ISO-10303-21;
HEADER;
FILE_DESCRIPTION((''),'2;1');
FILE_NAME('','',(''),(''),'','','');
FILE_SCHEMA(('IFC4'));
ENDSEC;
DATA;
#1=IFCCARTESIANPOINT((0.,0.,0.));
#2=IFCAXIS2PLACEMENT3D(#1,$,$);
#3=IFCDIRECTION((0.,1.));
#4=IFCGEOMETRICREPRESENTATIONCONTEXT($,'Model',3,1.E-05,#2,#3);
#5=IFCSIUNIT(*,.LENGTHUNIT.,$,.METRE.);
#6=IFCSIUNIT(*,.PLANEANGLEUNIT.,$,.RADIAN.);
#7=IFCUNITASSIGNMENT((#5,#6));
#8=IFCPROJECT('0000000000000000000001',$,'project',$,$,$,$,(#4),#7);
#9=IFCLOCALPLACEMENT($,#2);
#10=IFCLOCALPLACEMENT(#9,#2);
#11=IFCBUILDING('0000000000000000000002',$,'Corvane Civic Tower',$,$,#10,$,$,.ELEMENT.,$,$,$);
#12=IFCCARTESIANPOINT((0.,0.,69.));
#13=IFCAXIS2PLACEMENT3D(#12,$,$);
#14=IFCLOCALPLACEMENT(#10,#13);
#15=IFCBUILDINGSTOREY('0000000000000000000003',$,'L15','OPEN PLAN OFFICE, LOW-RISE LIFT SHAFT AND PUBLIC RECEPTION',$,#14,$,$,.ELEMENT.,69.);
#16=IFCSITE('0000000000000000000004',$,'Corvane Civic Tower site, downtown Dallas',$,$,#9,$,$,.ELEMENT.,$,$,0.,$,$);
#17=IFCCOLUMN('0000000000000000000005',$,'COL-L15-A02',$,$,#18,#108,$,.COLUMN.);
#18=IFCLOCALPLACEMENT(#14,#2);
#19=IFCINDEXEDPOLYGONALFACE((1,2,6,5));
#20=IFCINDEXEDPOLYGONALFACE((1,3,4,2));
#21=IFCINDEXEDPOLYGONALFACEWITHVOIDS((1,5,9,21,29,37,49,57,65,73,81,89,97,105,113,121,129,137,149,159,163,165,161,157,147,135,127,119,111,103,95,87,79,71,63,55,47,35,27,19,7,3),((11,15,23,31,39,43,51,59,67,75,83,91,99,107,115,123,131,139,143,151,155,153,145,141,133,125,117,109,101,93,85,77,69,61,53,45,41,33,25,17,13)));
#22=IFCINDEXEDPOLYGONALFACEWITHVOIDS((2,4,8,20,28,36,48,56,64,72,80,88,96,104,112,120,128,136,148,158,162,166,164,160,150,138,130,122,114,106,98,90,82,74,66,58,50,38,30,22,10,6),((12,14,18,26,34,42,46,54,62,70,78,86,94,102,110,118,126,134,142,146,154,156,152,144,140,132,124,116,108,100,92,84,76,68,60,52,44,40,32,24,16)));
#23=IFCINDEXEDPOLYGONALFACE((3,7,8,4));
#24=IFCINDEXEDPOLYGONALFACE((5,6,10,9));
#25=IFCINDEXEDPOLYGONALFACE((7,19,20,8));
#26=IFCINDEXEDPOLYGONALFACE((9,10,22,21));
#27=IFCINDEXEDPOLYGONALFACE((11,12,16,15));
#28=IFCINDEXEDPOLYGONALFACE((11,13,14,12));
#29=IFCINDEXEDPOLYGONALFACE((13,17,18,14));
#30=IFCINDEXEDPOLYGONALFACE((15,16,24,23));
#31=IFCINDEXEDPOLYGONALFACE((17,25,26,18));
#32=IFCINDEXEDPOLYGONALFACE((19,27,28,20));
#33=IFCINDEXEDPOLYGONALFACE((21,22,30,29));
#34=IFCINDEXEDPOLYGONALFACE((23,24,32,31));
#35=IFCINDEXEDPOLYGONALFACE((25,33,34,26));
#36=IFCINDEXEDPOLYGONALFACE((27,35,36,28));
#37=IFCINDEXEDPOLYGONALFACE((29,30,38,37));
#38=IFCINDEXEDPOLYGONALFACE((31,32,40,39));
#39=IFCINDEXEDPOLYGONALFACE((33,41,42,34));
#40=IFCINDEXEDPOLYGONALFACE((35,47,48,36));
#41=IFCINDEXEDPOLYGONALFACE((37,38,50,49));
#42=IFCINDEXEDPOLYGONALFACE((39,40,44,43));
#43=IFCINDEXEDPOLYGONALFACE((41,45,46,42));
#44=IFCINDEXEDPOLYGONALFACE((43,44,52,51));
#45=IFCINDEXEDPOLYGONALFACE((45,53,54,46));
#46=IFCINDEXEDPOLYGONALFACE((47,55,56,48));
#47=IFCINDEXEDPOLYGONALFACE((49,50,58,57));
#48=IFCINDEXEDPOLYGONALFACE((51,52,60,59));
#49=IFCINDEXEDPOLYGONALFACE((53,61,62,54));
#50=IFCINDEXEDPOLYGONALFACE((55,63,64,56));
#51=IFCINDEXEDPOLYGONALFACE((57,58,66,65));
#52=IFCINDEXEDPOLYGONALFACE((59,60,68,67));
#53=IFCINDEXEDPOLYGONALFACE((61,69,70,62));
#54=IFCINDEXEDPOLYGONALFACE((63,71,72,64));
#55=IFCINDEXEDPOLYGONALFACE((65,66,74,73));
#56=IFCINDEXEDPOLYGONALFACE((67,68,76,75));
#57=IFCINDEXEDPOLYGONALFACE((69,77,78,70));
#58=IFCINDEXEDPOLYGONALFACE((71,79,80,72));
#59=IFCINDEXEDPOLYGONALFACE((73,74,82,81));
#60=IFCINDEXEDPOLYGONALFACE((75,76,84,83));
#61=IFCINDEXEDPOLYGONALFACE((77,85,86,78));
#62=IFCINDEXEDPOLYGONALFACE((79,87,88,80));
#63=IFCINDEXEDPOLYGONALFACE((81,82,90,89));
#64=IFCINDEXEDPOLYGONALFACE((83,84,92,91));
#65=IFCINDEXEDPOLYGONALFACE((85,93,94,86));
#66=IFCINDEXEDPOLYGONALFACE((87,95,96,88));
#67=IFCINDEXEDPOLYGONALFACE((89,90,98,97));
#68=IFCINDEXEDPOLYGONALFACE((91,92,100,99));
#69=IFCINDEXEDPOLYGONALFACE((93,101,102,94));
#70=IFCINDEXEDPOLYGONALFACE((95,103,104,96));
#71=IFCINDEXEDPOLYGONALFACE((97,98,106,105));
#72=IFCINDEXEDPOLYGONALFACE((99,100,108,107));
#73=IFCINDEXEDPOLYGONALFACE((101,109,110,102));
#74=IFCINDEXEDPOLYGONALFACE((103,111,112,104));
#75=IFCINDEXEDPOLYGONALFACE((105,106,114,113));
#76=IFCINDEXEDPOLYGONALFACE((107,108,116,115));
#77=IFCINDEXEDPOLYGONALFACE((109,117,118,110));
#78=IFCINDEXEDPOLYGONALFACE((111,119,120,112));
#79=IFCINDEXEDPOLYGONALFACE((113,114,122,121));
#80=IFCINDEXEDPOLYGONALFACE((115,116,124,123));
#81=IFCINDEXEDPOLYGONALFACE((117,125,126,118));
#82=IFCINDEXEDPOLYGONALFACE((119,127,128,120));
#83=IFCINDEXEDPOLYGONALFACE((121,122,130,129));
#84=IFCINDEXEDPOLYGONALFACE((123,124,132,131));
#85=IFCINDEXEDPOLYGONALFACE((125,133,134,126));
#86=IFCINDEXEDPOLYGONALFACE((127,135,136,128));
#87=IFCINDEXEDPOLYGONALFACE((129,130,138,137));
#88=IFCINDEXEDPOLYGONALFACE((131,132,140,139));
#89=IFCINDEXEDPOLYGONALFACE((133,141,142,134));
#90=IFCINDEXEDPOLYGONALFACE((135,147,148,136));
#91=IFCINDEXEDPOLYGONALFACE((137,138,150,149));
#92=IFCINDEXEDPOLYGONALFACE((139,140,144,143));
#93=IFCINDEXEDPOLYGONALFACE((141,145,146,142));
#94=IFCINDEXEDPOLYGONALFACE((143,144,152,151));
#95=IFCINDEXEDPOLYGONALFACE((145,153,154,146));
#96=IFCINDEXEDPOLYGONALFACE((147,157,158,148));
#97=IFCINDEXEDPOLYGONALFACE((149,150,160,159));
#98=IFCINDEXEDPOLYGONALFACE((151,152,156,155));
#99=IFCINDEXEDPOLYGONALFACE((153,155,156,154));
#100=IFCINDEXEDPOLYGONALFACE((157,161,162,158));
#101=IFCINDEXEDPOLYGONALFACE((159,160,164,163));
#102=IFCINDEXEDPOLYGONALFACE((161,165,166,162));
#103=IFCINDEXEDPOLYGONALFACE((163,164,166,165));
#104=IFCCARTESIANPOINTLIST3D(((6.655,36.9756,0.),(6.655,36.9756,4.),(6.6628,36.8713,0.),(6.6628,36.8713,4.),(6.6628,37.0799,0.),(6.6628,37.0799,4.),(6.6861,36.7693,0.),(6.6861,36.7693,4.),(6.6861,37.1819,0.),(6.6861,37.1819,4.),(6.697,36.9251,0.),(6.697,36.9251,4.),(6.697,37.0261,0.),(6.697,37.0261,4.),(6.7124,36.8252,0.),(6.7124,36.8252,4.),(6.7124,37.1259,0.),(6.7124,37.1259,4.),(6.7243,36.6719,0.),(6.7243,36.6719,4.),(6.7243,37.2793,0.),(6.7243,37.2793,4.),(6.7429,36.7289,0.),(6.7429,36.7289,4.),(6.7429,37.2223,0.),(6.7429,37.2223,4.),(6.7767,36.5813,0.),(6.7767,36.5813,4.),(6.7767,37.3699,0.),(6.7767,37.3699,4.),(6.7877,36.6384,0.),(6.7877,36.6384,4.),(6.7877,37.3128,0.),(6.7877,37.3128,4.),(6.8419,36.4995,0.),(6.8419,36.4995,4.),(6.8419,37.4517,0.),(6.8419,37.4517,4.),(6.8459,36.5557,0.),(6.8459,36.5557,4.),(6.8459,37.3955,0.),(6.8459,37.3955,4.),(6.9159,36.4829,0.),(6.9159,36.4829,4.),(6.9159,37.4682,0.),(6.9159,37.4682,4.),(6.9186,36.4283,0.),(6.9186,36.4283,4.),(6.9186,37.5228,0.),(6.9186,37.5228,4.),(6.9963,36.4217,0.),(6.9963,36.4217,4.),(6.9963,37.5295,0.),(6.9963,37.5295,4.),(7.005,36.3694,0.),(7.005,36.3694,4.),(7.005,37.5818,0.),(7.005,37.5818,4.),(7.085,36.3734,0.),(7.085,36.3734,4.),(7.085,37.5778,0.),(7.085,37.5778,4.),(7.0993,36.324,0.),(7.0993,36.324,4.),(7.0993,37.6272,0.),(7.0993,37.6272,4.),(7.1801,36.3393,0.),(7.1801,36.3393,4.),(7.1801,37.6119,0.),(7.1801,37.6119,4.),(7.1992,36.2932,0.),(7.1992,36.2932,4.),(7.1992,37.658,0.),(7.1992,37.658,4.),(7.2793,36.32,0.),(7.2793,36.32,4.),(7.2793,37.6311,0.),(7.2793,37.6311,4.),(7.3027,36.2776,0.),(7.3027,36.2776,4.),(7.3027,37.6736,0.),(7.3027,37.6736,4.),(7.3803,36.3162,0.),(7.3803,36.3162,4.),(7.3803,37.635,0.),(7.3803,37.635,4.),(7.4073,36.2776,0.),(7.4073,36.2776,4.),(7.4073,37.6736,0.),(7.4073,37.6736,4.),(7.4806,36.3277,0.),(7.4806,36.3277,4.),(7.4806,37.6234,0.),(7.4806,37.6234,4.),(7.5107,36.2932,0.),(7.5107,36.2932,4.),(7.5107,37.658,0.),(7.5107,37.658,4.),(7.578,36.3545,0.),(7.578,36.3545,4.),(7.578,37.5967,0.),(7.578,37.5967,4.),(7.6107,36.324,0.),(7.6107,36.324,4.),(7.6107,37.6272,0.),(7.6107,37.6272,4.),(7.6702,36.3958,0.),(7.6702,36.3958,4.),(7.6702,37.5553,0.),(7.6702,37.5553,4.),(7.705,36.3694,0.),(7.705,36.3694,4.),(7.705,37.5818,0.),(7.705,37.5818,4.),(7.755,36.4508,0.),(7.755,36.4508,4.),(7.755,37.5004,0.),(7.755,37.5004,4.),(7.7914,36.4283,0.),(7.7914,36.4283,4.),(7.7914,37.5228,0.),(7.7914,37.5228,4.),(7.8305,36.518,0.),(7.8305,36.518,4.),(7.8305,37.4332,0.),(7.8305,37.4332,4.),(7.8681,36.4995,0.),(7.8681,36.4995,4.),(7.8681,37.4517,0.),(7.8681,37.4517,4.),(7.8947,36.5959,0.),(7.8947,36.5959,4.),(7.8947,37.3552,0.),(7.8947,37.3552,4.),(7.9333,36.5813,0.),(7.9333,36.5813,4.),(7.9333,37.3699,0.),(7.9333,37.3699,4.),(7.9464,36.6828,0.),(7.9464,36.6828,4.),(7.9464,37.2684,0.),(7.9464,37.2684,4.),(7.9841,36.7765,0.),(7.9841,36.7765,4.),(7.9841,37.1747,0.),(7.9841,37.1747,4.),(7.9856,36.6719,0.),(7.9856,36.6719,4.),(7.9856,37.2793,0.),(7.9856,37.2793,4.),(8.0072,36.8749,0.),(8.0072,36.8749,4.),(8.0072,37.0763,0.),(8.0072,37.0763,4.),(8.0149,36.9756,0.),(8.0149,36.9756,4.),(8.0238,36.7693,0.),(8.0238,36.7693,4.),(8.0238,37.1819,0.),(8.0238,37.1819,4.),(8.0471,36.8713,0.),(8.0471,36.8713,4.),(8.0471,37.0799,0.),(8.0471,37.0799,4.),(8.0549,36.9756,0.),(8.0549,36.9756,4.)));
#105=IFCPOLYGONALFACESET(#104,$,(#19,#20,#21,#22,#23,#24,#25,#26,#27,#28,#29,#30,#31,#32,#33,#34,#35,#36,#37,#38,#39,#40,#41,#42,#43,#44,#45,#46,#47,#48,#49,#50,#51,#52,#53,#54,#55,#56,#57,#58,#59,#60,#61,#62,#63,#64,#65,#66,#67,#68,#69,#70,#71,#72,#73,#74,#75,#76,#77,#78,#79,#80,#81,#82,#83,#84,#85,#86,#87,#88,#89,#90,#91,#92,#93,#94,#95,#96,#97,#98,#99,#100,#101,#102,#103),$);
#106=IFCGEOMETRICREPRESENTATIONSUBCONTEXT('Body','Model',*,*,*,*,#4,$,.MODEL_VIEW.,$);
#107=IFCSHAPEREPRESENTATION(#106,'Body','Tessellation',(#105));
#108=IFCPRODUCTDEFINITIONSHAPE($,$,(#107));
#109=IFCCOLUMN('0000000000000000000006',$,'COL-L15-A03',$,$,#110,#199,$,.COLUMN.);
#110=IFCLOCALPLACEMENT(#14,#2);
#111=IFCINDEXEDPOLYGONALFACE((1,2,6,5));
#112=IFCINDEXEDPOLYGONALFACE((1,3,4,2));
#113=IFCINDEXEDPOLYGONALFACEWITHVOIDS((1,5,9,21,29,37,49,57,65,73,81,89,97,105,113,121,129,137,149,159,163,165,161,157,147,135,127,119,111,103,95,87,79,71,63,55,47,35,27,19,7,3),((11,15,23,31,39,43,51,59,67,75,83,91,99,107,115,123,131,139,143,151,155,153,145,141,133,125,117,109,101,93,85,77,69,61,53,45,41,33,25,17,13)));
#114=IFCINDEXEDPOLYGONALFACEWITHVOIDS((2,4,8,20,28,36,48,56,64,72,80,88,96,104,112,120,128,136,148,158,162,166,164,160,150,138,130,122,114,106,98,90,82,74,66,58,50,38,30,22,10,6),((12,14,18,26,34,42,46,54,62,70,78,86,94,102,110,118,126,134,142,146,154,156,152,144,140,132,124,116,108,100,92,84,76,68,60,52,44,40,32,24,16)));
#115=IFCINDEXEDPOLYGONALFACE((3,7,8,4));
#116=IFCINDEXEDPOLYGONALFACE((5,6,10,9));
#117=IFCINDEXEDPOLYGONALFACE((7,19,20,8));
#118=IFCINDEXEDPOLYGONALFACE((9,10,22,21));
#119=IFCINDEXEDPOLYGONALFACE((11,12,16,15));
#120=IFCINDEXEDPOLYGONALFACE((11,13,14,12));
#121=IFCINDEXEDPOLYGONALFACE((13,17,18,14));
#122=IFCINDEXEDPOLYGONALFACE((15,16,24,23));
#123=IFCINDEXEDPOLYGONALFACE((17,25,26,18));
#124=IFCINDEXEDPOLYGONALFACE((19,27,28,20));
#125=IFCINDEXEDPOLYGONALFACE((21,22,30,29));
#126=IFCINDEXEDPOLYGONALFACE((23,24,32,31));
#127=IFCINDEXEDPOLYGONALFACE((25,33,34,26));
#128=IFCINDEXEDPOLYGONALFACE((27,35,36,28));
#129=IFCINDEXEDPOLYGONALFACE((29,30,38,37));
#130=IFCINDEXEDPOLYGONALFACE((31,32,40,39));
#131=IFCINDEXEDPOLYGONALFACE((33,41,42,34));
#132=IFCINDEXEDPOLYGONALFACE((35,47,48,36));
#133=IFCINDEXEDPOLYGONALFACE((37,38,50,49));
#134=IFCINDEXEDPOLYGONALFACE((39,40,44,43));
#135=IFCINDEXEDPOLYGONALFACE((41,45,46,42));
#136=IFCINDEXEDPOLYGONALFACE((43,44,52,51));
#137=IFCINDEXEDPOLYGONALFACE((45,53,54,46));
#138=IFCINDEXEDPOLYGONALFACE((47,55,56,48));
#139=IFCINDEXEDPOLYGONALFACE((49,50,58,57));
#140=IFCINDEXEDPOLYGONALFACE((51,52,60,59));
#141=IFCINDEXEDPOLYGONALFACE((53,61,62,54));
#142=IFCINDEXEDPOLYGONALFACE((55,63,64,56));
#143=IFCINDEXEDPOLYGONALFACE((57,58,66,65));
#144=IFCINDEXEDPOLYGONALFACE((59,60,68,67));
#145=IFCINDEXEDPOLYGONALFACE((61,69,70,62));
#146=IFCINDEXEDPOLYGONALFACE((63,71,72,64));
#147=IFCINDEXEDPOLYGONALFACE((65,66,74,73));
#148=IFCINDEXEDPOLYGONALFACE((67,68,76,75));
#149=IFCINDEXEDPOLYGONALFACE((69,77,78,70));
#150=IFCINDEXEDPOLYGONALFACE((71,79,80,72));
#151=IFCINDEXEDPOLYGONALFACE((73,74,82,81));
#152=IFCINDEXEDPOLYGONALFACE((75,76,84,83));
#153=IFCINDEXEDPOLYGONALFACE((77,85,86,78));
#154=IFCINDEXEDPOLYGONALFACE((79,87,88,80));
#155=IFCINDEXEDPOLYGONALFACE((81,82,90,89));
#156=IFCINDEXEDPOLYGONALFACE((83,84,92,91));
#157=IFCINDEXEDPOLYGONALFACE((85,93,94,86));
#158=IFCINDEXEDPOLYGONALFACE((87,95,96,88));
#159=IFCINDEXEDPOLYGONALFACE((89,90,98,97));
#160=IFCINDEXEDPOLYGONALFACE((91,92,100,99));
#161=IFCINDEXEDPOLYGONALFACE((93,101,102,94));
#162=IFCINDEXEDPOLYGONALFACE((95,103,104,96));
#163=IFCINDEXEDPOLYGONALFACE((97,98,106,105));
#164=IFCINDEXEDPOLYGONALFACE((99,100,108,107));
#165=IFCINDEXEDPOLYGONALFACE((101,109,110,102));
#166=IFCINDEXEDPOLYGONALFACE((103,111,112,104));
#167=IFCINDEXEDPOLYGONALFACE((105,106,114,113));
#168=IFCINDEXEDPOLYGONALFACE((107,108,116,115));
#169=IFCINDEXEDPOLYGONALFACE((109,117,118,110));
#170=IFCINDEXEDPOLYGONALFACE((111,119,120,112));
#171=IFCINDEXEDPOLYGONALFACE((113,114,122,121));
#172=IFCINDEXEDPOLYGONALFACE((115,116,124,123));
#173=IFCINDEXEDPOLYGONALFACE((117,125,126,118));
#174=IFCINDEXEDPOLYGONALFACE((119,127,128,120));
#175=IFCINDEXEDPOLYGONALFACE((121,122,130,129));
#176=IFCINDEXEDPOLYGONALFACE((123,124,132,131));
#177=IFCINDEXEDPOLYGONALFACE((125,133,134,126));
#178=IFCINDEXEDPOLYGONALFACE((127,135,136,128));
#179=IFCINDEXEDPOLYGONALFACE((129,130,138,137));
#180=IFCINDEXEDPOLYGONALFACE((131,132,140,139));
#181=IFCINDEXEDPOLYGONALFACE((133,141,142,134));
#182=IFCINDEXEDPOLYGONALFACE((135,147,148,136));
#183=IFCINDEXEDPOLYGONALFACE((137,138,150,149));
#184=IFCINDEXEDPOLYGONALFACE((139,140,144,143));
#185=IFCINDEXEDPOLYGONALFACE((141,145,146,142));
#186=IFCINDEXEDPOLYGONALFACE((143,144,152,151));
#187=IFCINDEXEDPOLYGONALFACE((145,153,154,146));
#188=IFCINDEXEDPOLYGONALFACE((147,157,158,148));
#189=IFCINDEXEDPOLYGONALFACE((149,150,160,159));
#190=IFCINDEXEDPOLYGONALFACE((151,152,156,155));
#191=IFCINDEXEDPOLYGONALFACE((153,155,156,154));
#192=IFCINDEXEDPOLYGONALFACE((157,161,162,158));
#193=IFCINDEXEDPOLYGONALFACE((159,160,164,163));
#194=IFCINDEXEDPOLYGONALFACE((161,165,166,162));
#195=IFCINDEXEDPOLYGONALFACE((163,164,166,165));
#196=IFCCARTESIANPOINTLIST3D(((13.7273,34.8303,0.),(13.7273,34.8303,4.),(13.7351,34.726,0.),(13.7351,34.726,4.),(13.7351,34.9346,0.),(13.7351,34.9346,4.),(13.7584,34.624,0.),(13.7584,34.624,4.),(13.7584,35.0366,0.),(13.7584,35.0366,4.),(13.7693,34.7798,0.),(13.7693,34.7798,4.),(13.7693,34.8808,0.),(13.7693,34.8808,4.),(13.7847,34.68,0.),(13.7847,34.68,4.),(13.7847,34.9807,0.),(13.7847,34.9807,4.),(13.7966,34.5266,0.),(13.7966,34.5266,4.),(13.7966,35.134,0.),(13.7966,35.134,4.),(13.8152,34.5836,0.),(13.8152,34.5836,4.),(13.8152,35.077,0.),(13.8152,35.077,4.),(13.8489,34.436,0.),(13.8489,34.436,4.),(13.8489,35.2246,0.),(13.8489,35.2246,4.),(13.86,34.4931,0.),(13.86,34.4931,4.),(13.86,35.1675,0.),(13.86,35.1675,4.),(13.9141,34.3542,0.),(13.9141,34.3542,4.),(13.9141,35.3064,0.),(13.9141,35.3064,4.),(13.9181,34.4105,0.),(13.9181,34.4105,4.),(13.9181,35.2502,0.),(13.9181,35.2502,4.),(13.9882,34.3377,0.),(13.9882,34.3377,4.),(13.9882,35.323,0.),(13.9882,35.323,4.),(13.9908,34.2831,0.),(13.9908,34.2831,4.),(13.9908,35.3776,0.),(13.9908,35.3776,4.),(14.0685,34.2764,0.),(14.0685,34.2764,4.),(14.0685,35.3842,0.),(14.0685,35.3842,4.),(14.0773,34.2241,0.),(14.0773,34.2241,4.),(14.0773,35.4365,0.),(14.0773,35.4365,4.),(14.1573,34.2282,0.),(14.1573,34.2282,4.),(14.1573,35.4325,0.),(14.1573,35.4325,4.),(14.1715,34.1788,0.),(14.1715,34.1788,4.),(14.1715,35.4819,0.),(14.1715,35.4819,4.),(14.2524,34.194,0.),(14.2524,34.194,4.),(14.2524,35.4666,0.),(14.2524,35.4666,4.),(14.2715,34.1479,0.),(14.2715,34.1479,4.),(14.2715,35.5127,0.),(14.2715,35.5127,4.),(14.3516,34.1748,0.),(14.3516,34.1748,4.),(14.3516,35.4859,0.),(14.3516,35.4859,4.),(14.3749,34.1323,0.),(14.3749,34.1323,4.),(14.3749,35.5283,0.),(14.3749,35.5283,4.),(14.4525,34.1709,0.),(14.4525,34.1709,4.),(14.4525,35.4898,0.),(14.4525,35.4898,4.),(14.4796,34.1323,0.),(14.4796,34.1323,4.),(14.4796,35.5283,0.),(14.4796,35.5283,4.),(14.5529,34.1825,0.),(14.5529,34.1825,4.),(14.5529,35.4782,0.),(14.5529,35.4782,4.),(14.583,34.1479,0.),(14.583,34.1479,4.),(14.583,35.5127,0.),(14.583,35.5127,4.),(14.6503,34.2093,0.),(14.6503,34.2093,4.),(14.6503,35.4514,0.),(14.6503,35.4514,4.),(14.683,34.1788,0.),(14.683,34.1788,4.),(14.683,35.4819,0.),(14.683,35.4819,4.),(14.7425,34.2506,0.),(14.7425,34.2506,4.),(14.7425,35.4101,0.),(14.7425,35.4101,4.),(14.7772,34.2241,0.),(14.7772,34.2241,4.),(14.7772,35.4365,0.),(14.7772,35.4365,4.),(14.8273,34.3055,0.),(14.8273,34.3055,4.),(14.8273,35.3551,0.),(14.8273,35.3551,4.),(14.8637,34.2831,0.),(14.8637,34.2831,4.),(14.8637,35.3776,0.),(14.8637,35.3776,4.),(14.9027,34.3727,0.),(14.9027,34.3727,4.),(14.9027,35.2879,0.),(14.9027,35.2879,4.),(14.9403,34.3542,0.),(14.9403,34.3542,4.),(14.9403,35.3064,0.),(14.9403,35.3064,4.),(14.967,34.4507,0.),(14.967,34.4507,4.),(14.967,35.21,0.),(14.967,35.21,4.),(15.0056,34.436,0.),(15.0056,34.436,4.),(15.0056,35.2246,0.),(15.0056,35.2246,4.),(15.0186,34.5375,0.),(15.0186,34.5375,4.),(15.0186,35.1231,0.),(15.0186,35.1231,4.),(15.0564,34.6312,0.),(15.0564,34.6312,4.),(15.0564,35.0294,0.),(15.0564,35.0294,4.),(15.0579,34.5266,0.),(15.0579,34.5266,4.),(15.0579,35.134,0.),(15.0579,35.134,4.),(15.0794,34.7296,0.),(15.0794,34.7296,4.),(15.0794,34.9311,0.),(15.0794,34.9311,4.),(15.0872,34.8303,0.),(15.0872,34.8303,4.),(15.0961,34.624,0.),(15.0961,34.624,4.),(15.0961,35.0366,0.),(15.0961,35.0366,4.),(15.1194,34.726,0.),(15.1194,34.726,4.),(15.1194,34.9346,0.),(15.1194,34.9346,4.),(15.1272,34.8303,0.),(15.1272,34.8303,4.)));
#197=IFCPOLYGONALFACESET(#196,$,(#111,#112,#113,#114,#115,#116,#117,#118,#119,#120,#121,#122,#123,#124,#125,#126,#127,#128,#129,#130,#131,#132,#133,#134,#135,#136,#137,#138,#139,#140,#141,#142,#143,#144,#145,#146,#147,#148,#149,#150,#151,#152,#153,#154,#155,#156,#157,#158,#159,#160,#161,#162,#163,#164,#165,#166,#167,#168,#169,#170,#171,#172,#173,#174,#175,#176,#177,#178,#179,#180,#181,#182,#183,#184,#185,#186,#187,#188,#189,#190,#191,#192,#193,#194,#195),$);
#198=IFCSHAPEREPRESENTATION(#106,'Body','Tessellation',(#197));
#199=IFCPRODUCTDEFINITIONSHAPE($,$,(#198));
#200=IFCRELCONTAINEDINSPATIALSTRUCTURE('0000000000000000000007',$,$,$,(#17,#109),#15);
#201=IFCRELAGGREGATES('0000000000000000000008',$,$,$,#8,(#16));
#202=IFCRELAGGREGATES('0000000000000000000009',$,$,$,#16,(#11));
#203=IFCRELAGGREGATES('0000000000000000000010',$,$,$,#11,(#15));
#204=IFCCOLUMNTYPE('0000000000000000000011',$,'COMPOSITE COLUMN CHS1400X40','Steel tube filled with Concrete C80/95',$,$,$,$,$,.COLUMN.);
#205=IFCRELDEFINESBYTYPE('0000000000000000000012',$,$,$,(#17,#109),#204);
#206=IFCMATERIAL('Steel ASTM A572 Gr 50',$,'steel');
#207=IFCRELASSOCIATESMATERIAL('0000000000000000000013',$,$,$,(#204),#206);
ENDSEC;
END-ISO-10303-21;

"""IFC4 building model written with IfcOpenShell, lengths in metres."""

from ifc_helpers import new_model, si_unit, direction, frame, origin, origin_2d, place, context, subcontext, project, spatial, hollow_circle, extrude, material, material_profile, profile_set, type_object, element, save


model = new_model("IFC4")

# Units and contexts
model_context = context("Model", 3, precision=1e-05, world=origin(), true_north=direction((0.0, 1.0)))
body_context = subcontext(model_context, "Body", "Model", "MODEL_VIEW")
ifc_project = project(units=[si_unit("LENGTHUNIT", "METRE"), si_unit("PLANEANGLEUNIT", "RADIAN")], contexts=[model_context])

# Site, building, storey
site_placement = place(None, origin())
site = spatial("IfcSite", under=ifc_project, at=site_placement, Name="Corvane Civic Tower site, downtown Dallas", CompositionType="ELEMENT", RefElevation=0.0)
building_placement = place(site_placement, origin())
building = spatial("IfcBuilding", under=site, at=building_placement, Name="Corvane Civic Tower", CompositionType="ELEMENT")
storey_placement = place(building_placement, frame((0.0, 0.0, 69.0)))
storey = spatial("IfcBuildingStorey", under=building, at=storey_placement, Name="L15", Description="OPEN PLAN OFFICE, LOW-RISE LIFT SHAFT AND PUBLIC RECEPTION", CompositionType="ELEMENT", Elevation=69.0)

# Columns
ifc_material_1 = material(Name="Steel ASTM A572 Gr 50", Category="steel")
ifc_material_profile_1 = material_profile(ifc_material_1, hollow_circle(Radius=0.7, WallThickness=0.04, at=origin_2d()), Name="CHS1400X40")
ifc_profile_set_1 = profile_set([ifc_material_profile_1], Name="Steel ASTM A572 Gr 50")
column_type = type_object("IfcColumnType", Name="COMPOSITE COLUMN CHS1400X40", Description="Steel tube filled with Concrete C80/95", PredefinedType="COLUMN", material=ifc_profile_set_1)
for number, where, z_axis, x_axis, name in (
    (1, (7.355, 36.9756, 0.0), (0.0, 0.0, 1.0), (1.0, 0.0, 0.0), "COL-L15-A02"),
    (2, (14.4272, 34.8303, 0.0), (0.0, 0.0, 1.0), (1.0, 0.0, 0.0), "COL-L15-A03"),
):
    element("IfcColumn", number, at=place(storey_placement, frame(where, z_axis=z_axis, x_axis=x_axis)), inside=storey, type_object=column_type, Name=name, PredefinedType="COLUMN", context=body_context, shape_type="SweptSolid", body=[
        extrude(hollow_circle(Radius=0.7, WallThickness=0.04, at=origin_2d()), origin(), (0.0, 0.0, 1.0), 4.0),
    ])

save(model, "model.ifc")
